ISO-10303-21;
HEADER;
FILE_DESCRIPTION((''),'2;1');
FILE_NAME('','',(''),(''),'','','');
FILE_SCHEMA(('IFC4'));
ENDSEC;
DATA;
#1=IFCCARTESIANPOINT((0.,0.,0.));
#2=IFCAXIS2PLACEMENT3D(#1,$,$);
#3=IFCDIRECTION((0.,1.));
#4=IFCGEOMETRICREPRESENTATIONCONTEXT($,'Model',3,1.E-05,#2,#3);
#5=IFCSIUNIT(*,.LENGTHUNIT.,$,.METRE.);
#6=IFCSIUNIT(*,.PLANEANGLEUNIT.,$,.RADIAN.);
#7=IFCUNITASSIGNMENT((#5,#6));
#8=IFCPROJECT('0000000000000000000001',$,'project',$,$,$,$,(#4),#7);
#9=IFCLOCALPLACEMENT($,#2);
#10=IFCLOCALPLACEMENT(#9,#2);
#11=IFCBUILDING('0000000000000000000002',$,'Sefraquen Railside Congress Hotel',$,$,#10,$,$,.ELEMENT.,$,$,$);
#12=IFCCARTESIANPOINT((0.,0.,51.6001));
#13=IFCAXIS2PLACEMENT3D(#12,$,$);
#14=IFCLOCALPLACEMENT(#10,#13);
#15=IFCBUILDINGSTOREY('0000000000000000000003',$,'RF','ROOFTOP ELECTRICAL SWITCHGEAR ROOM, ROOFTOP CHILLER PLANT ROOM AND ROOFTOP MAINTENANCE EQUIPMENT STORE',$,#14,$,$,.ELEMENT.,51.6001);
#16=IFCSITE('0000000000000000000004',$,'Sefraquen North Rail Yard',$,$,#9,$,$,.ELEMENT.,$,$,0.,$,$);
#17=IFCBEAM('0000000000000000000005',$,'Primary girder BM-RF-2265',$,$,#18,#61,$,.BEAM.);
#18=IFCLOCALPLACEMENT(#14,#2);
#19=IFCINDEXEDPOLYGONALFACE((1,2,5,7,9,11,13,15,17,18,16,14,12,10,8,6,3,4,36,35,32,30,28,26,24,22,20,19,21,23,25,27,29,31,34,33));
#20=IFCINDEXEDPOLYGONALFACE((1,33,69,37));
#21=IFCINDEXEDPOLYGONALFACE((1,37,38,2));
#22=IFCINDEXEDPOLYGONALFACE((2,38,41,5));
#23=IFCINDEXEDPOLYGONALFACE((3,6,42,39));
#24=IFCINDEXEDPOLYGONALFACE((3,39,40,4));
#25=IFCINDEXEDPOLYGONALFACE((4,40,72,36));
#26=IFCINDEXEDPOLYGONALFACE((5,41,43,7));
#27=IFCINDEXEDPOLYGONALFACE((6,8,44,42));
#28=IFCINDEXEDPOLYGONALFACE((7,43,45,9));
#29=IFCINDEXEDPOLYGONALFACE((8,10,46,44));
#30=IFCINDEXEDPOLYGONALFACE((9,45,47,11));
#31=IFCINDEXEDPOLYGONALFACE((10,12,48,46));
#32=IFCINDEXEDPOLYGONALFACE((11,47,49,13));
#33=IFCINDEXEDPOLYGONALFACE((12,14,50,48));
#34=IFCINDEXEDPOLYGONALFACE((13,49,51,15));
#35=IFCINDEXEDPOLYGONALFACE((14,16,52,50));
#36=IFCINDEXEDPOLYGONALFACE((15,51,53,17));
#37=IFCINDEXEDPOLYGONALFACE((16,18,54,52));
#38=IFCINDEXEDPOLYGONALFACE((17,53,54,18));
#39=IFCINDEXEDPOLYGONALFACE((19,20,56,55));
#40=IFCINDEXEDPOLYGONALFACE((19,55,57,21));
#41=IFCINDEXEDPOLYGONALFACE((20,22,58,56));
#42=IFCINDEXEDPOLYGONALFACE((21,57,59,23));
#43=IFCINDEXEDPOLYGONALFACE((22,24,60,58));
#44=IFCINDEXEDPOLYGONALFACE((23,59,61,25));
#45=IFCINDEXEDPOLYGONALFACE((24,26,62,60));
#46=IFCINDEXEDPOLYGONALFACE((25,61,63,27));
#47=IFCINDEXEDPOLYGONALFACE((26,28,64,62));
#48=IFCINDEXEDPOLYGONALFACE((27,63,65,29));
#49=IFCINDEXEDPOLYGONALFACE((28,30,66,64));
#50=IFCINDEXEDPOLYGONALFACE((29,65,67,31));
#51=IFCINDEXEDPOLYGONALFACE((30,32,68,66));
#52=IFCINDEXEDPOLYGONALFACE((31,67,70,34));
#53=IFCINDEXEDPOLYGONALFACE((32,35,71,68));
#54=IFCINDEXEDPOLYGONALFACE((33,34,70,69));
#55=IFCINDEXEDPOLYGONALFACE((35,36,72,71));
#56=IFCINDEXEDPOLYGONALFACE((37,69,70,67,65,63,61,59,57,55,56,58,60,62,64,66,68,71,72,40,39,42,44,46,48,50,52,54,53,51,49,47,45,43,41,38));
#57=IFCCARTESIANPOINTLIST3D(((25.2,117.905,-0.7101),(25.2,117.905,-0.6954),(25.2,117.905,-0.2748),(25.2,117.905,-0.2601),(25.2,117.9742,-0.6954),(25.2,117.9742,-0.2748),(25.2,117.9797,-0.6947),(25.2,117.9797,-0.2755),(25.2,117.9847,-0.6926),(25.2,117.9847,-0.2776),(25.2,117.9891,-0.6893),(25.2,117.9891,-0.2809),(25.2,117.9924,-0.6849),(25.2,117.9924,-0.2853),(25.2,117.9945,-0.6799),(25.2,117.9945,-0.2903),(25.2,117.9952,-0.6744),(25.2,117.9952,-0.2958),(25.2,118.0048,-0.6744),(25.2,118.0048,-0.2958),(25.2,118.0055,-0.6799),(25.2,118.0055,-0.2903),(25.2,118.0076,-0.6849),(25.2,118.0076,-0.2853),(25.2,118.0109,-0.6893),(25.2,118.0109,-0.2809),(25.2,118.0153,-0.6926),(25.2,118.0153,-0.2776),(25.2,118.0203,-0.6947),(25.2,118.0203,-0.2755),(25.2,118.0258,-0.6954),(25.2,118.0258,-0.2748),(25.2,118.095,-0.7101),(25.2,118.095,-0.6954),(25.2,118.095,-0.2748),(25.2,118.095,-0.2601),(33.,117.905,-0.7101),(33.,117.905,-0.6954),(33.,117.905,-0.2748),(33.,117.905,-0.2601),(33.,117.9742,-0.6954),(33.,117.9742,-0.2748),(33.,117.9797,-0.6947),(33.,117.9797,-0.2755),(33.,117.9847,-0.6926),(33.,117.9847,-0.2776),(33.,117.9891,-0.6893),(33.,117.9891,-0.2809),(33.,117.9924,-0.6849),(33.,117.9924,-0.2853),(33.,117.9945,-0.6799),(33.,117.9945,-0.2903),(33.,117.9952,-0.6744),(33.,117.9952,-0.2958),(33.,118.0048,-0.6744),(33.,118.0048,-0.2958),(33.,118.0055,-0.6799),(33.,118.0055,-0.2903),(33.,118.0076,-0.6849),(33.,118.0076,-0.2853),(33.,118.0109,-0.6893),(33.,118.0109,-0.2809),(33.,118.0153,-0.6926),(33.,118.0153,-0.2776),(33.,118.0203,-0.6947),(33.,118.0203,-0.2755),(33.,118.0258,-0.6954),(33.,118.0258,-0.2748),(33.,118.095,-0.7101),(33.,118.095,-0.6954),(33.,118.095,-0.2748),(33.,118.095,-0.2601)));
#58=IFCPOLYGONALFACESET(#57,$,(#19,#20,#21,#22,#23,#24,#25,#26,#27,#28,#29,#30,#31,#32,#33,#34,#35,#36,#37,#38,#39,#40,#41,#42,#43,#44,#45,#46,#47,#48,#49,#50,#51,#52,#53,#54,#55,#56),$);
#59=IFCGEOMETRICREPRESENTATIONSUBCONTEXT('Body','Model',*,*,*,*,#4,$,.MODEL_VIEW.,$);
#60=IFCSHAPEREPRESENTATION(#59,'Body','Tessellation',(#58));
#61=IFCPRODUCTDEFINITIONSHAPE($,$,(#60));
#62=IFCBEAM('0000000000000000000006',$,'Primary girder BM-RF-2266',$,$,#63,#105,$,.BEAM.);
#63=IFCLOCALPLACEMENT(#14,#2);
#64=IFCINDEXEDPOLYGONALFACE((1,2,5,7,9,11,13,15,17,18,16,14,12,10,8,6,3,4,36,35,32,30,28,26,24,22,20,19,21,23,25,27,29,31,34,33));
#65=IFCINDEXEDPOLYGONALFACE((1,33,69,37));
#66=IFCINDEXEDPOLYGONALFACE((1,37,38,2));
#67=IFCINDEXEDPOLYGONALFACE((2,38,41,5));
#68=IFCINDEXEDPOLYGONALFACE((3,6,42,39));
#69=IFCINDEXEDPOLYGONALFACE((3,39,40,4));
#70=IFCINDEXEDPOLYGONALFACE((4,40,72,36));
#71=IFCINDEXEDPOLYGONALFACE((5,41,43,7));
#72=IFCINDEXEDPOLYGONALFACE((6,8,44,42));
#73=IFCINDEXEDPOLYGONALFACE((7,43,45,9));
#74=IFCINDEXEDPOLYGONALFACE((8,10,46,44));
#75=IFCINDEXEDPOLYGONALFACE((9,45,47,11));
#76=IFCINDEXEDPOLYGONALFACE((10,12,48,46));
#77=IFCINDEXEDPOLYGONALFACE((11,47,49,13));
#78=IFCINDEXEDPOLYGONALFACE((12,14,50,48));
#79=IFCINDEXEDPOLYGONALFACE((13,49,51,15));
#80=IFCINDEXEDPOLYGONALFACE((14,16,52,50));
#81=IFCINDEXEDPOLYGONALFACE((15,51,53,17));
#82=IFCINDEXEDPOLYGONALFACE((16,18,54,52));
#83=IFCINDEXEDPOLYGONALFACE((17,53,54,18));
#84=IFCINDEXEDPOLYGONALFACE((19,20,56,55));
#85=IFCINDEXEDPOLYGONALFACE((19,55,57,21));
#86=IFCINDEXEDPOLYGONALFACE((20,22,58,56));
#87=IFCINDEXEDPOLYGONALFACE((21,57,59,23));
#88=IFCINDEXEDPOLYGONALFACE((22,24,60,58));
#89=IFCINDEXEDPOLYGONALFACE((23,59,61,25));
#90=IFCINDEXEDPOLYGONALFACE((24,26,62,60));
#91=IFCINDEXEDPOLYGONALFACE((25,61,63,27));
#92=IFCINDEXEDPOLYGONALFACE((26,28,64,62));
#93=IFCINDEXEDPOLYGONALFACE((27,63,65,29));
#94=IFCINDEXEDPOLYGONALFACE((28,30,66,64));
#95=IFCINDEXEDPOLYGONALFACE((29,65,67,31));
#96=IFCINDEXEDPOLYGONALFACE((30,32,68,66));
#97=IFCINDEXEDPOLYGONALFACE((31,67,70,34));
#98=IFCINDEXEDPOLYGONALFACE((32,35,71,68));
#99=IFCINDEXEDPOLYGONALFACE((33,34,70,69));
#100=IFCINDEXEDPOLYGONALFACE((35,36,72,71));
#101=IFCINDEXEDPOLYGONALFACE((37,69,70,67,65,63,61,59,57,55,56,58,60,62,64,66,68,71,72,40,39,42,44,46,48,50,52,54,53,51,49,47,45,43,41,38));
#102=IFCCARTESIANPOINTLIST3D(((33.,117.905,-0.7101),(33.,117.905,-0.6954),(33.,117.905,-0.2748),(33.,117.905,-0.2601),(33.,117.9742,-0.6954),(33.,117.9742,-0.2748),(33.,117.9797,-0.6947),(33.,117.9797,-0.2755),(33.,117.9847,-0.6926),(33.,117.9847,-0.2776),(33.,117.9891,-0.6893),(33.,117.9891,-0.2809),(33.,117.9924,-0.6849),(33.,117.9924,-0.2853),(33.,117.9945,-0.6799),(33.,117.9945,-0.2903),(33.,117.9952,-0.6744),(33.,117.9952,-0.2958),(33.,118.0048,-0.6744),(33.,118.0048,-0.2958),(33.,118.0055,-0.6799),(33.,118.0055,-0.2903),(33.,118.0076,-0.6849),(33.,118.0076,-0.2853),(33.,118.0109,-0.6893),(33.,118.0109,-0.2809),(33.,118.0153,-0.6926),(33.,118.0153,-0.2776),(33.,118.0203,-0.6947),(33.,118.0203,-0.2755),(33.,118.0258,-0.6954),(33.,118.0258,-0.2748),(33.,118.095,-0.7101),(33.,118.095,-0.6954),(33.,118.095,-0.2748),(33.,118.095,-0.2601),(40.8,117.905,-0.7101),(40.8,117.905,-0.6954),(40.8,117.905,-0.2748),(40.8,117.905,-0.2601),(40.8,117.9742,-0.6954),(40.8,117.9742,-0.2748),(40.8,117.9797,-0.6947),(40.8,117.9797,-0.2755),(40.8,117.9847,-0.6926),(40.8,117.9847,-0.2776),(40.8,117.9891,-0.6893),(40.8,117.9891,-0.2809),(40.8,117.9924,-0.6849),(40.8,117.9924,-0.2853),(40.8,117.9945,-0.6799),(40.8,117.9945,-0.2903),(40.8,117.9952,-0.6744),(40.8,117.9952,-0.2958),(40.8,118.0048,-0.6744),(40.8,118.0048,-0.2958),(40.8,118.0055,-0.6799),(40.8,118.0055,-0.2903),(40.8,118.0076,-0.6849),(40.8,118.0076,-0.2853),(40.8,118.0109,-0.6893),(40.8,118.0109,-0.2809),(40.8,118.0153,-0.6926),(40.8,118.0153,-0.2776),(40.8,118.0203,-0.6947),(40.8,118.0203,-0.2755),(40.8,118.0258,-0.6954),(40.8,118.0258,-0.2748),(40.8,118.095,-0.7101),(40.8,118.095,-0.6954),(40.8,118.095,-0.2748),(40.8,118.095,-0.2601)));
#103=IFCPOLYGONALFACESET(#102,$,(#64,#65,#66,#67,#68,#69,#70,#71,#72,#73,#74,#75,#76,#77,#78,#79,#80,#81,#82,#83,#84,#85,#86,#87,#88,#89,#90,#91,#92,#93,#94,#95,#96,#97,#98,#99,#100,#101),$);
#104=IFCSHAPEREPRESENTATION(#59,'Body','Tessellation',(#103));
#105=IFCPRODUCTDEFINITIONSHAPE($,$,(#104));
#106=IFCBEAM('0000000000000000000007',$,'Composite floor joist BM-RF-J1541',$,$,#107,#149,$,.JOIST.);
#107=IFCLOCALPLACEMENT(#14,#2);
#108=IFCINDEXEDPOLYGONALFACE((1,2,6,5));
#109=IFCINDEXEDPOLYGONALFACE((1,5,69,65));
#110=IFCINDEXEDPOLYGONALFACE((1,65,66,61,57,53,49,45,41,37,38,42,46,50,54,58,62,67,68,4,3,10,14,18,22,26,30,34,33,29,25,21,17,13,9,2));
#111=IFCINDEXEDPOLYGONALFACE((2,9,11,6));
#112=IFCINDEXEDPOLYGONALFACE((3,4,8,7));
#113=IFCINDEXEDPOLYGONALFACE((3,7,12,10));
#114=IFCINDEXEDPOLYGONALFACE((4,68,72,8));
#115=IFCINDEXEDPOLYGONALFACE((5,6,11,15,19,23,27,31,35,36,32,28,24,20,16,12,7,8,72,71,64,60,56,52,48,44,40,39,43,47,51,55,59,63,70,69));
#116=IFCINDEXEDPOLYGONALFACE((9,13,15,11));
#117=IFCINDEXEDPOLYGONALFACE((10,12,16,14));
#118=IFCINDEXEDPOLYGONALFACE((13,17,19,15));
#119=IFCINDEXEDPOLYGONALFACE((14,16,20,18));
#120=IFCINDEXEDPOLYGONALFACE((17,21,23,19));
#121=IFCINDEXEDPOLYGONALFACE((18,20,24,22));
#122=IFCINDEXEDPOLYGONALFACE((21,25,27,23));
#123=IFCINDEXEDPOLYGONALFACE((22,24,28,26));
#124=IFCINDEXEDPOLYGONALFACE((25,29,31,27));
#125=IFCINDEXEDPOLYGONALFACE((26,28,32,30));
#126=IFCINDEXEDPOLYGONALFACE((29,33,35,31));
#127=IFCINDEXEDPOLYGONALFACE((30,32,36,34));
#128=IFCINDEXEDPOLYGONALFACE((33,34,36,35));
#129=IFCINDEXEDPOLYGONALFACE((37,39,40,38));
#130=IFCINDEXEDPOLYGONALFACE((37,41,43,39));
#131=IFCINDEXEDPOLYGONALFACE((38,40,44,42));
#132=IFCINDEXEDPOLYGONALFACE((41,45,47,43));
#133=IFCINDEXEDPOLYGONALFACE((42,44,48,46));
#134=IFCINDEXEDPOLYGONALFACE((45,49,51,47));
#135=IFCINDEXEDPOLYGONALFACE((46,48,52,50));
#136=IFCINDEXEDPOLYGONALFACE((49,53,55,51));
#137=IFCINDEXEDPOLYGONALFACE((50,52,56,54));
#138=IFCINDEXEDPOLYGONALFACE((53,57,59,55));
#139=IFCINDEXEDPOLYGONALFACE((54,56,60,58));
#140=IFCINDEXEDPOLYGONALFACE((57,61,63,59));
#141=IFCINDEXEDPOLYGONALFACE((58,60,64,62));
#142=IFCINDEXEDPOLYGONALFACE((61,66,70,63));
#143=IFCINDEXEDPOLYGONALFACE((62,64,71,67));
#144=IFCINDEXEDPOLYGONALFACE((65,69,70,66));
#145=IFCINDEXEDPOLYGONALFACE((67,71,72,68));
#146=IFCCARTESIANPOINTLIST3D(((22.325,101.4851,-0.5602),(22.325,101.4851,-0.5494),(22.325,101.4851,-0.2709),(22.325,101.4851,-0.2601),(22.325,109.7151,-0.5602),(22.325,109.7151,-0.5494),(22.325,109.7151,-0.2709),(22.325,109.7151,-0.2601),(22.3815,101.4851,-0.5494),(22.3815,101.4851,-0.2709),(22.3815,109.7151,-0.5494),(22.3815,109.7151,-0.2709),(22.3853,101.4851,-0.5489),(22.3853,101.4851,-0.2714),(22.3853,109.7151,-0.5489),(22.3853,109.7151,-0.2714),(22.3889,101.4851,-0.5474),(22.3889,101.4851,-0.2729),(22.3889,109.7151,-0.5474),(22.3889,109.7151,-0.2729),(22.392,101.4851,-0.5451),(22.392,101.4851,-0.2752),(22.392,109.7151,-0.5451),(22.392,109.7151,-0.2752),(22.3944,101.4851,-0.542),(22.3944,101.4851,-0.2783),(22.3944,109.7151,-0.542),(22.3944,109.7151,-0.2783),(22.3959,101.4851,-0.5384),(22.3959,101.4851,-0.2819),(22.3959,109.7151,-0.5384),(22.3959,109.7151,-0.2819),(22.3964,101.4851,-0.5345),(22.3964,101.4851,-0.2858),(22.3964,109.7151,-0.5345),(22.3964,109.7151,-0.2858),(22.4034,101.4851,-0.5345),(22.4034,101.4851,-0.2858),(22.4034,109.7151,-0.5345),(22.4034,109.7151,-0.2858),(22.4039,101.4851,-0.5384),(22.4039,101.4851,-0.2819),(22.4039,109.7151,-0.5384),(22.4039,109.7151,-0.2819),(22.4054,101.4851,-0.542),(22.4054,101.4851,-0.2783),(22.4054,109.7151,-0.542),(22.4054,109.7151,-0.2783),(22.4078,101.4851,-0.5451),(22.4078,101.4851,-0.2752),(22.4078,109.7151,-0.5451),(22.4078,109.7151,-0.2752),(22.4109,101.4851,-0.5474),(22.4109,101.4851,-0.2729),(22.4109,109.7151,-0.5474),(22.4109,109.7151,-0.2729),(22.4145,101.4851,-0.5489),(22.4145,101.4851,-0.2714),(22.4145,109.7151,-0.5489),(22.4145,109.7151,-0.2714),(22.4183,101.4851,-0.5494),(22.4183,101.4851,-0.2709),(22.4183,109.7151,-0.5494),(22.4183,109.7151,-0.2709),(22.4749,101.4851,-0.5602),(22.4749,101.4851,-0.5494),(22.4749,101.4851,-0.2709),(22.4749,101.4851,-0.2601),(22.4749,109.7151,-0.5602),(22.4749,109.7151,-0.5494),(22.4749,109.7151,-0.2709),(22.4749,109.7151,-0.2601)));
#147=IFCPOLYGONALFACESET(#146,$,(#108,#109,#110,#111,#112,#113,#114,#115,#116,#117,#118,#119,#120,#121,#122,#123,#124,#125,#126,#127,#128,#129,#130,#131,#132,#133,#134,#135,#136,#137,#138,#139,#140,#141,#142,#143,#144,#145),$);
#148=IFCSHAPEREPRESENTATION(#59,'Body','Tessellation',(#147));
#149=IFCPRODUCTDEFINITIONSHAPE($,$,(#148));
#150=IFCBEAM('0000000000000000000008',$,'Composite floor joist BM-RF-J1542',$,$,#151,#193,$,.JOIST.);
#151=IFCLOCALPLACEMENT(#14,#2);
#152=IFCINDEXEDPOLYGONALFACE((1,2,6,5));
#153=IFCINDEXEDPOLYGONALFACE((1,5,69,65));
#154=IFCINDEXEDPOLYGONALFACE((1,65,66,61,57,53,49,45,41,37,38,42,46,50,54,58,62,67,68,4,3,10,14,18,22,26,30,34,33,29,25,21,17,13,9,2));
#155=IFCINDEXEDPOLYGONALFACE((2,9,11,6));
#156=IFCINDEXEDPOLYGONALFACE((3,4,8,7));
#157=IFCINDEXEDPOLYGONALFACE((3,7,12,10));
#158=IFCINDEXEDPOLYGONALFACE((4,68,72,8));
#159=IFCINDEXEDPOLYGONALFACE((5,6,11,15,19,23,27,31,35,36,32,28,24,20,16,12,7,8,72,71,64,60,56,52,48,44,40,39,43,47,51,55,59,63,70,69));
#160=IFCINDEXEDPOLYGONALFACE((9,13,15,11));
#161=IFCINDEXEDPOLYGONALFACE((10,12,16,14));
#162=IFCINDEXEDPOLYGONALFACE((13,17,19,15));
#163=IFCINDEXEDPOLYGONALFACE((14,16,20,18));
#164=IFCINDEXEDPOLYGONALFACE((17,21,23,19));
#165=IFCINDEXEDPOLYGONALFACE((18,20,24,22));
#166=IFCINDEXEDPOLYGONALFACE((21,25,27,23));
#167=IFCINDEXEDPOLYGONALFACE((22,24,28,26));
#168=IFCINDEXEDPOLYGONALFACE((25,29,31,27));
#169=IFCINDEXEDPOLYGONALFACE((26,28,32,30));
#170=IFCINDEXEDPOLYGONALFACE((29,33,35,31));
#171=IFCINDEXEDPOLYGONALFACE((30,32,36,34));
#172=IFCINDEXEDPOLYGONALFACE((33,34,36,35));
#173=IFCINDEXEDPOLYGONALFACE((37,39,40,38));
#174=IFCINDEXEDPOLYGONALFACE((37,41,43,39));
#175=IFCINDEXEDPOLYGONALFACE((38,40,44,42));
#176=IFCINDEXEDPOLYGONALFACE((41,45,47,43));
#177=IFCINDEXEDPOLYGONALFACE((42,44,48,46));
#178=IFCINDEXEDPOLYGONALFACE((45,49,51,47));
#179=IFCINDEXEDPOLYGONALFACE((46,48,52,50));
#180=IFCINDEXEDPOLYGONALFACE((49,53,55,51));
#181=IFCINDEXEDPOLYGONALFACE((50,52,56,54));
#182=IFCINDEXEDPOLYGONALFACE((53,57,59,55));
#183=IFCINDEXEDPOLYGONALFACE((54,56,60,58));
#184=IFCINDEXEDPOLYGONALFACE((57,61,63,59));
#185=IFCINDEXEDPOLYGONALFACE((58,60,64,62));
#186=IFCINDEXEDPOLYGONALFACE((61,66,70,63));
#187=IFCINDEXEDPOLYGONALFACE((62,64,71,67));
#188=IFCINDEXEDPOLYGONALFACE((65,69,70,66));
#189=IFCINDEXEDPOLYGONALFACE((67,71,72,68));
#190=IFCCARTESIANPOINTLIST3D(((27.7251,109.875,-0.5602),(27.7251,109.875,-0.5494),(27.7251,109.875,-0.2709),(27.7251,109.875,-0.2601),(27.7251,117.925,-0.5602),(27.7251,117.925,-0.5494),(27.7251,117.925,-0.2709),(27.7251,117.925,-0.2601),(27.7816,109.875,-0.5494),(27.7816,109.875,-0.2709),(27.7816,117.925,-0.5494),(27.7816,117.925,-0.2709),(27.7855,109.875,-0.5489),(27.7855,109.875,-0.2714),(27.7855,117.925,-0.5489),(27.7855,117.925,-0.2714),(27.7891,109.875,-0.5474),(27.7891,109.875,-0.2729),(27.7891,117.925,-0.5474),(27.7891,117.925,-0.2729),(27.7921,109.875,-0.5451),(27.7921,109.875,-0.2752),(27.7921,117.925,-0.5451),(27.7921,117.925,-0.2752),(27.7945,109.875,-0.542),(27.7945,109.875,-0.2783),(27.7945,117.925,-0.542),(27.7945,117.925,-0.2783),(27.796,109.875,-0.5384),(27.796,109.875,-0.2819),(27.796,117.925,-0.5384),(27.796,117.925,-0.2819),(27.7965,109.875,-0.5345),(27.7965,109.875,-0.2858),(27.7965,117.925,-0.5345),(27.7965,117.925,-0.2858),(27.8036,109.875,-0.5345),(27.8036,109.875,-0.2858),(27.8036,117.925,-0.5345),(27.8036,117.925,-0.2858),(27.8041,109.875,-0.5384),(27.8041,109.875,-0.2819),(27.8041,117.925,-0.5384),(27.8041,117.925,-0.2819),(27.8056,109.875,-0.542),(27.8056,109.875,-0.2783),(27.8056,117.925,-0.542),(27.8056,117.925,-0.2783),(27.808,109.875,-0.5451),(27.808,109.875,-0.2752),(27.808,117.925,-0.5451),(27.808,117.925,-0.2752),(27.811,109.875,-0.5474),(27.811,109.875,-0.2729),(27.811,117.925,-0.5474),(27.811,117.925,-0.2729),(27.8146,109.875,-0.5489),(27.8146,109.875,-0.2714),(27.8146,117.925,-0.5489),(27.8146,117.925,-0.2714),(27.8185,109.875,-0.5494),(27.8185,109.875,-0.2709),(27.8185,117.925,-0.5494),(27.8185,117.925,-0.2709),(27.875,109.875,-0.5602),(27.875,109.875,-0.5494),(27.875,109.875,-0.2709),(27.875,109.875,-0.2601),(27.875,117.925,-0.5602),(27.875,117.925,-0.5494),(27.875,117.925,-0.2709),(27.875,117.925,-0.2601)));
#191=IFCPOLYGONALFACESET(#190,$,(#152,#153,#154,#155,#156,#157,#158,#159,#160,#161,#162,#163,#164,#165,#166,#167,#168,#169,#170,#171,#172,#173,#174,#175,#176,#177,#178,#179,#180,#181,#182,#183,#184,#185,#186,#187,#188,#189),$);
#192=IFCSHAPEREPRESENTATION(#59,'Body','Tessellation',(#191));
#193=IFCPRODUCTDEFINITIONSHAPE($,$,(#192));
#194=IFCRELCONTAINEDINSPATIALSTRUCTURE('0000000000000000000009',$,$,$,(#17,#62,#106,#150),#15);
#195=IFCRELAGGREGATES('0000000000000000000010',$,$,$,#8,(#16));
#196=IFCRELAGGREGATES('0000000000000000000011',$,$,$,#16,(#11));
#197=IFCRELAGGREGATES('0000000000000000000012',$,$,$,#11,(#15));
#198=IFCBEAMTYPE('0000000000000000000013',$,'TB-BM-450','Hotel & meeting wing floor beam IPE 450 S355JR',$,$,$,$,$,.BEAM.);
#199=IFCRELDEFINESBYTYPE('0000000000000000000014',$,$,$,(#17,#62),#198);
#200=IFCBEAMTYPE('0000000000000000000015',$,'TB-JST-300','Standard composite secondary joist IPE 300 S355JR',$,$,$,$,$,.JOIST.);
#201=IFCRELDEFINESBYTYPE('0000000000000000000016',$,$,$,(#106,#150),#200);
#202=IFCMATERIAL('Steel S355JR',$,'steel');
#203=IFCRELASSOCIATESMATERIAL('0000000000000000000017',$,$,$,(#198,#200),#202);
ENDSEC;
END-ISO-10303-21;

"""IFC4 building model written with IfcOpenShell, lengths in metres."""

from ifc_helpers import new_model, si_unit, direction, frame, origin, origin_2d, place, context, subcontext, project, spatial, i_section, extrude, material, material_profile, profile_set, type_object, element, save


model = new_model("IFC4")

# Units and contexts
model_context = context("Model", 3, precision=1e-05, world=origin(), true_north=direction((0.0, 1.0)))
body_context = subcontext(model_context, "Body", "Model", "MODEL_VIEW")
ifc_project = project(units=[si_unit("LENGTHUNIT", "METRE"), si_unit("PLANEANGLEUNIT", "RADIAN")], contexts=[model_context])

# Site, building, storey
site_placement = place(None, origin())
site = spatial("IfcSite", under=ifc_project, at=site_placement, Name="Sefraquen North Rail Yard", CompositionType="ELEMENT", RefElevation=0.0)
building_placement = place(site_placement, origin())
building = spatial("IfcBuilding", under=site, at=building_placement, Name="Sefraquen Railside Congress Hotel", CompositionType="ELEMENT")
storey_placement = place(building_placement, frame((0.0, 0.0, 51.6001)))
storey = spatial("IfcBuildingStorey", under=building, at=storey_placement, Name="RF", Description="ROOFTOP ELECTRICAL SWITCHGEAR ROOM, ROOFTOP CHILLER PLANT ROOM AND ROOFTOP MAINTENANCE EQUIPMENT STORE", CompositionType="ELEMENT", Elevation=51.6001)

# Beams
ifc_material_1 = material(Name="Steel S355JR", Category="steel")
ifc_material_profile_1 = material_profile(ifc_material_1, i_section(OverallWidth=0.1899, OverallDepth=0.45, WebThickness=0.0095, FlangeThickness=0.0146, FilletRadius=0.021, at=origin_2d()), Name="IPE 450")
ifc_profile_set_1 = profile_set([ifc_material_profile_1], Name="Steel S355JR")
beam_type_1 = type_object("IfcBeamType", Name="TB-BM-450", Description="Hotel & meeting wing floor beam IPE 450 S355JR", PredefinedType="BEAM", material=ifc_profile_set_1)
for number, where, z_axis, x_axis, name in (
    (1, (25.2, 118.0, -0.4851), (1.0, 0.0, 0.0), (0.0, 1.0, 0.0), "Primary girder BM-RF-2265"),
    (2, (33.0, 118.0, -0.4851), (1.0, 0.0, 0.0), (0.0, 1.0, 0.0), "Primary girder BM-RF-2266"),
):
    element("IfcBeam", number, at=place(storey_placement, frame(where, z_axis=z_axis, x_axis=x_axis)), inside=storey, type_object=beam_type_1, Name=name, PredefinedType="BEAM", context=body_context, shape_type="SweptSolid", body=[
        extrude(i_section(OverallWidth=0.1899, OverallDepth=0.45, WebThickness=0.0095, FlangeThickness=0.0146, FilletRadius=0.021, at=origin_2d()), origin(), (0.0, 0.0, 1.0), 7.8),
    ])
ifc_material_profile_2 = material_profile(ifc_material_1, i_section(OverallWidth=0.1499, OverallDepth=0.3, WebThickness=0.0071, FlangeThickness=0.0107, FilletRadius=0.0149, at=origin_2d()), Name="IPE 300")
ifc_profile_set_2 = profile_set([ifc_material_profile_2], Name="Steel S355JR")
beam_type_2 = type_object("IfcBeamType", Name="TB-JST-300", Description="Standard composite secondary joist IPE 300 S355JR", PredefinedType="JOIST", material=ifc_profile_set_2)
beam_1_placement = place(storey_placement, frame((22.3999, 101.4851, -0.4102), z_axis=(0.0, 1.0, 0.0), x_axis=(-1.0, 0.0, 0.0)))
element("IfcBeam", 3, at=beam_1_placement, inside=storey, type_object=beam_type_2, Name="Composite floor joist BM-RF-J1541", PredefinedType="JOIST", context=body_context, shape_type="SweptSolid", body=[
    extrude(i_section(OverallWidth=0.1499, OverallDepth=0.3, WebThickness=0.0071, FlangeThickness=0.0107, FilletRadius=0.0149, at=origin_2d()), origin(), (0.0, 0.0, 1.0), 8.23),
])
for number, where, z_axis, x_axis, name in (
    (4, (27.8, 109.875, -0.4102), (0.0, 1.0, 0.0), (-1.0, 0.0, 0.0), "Composite floor joist BM-RF-J1542"),
):
    element("IfcBeam", number, at=place(storey_placement, frame(where, z_axis=z_axis, x_axis=x_axis)), inside=storey, type_object=beam_type_2, Name=name, PredefinedType="JOIST", context=body_context, shape_type="SweptSolid", body=[
        extrude(i_section(OverallWidth=0.1499, OverallDepth=0.3, WebThickness=0.0071, FlangeThickness=0.0107, FilletRadius=0.0149, at=origin_2d()), origin(), (0.0, 0.0, 1.0), 8.05),
    ])

save(model, "model.ifc")
